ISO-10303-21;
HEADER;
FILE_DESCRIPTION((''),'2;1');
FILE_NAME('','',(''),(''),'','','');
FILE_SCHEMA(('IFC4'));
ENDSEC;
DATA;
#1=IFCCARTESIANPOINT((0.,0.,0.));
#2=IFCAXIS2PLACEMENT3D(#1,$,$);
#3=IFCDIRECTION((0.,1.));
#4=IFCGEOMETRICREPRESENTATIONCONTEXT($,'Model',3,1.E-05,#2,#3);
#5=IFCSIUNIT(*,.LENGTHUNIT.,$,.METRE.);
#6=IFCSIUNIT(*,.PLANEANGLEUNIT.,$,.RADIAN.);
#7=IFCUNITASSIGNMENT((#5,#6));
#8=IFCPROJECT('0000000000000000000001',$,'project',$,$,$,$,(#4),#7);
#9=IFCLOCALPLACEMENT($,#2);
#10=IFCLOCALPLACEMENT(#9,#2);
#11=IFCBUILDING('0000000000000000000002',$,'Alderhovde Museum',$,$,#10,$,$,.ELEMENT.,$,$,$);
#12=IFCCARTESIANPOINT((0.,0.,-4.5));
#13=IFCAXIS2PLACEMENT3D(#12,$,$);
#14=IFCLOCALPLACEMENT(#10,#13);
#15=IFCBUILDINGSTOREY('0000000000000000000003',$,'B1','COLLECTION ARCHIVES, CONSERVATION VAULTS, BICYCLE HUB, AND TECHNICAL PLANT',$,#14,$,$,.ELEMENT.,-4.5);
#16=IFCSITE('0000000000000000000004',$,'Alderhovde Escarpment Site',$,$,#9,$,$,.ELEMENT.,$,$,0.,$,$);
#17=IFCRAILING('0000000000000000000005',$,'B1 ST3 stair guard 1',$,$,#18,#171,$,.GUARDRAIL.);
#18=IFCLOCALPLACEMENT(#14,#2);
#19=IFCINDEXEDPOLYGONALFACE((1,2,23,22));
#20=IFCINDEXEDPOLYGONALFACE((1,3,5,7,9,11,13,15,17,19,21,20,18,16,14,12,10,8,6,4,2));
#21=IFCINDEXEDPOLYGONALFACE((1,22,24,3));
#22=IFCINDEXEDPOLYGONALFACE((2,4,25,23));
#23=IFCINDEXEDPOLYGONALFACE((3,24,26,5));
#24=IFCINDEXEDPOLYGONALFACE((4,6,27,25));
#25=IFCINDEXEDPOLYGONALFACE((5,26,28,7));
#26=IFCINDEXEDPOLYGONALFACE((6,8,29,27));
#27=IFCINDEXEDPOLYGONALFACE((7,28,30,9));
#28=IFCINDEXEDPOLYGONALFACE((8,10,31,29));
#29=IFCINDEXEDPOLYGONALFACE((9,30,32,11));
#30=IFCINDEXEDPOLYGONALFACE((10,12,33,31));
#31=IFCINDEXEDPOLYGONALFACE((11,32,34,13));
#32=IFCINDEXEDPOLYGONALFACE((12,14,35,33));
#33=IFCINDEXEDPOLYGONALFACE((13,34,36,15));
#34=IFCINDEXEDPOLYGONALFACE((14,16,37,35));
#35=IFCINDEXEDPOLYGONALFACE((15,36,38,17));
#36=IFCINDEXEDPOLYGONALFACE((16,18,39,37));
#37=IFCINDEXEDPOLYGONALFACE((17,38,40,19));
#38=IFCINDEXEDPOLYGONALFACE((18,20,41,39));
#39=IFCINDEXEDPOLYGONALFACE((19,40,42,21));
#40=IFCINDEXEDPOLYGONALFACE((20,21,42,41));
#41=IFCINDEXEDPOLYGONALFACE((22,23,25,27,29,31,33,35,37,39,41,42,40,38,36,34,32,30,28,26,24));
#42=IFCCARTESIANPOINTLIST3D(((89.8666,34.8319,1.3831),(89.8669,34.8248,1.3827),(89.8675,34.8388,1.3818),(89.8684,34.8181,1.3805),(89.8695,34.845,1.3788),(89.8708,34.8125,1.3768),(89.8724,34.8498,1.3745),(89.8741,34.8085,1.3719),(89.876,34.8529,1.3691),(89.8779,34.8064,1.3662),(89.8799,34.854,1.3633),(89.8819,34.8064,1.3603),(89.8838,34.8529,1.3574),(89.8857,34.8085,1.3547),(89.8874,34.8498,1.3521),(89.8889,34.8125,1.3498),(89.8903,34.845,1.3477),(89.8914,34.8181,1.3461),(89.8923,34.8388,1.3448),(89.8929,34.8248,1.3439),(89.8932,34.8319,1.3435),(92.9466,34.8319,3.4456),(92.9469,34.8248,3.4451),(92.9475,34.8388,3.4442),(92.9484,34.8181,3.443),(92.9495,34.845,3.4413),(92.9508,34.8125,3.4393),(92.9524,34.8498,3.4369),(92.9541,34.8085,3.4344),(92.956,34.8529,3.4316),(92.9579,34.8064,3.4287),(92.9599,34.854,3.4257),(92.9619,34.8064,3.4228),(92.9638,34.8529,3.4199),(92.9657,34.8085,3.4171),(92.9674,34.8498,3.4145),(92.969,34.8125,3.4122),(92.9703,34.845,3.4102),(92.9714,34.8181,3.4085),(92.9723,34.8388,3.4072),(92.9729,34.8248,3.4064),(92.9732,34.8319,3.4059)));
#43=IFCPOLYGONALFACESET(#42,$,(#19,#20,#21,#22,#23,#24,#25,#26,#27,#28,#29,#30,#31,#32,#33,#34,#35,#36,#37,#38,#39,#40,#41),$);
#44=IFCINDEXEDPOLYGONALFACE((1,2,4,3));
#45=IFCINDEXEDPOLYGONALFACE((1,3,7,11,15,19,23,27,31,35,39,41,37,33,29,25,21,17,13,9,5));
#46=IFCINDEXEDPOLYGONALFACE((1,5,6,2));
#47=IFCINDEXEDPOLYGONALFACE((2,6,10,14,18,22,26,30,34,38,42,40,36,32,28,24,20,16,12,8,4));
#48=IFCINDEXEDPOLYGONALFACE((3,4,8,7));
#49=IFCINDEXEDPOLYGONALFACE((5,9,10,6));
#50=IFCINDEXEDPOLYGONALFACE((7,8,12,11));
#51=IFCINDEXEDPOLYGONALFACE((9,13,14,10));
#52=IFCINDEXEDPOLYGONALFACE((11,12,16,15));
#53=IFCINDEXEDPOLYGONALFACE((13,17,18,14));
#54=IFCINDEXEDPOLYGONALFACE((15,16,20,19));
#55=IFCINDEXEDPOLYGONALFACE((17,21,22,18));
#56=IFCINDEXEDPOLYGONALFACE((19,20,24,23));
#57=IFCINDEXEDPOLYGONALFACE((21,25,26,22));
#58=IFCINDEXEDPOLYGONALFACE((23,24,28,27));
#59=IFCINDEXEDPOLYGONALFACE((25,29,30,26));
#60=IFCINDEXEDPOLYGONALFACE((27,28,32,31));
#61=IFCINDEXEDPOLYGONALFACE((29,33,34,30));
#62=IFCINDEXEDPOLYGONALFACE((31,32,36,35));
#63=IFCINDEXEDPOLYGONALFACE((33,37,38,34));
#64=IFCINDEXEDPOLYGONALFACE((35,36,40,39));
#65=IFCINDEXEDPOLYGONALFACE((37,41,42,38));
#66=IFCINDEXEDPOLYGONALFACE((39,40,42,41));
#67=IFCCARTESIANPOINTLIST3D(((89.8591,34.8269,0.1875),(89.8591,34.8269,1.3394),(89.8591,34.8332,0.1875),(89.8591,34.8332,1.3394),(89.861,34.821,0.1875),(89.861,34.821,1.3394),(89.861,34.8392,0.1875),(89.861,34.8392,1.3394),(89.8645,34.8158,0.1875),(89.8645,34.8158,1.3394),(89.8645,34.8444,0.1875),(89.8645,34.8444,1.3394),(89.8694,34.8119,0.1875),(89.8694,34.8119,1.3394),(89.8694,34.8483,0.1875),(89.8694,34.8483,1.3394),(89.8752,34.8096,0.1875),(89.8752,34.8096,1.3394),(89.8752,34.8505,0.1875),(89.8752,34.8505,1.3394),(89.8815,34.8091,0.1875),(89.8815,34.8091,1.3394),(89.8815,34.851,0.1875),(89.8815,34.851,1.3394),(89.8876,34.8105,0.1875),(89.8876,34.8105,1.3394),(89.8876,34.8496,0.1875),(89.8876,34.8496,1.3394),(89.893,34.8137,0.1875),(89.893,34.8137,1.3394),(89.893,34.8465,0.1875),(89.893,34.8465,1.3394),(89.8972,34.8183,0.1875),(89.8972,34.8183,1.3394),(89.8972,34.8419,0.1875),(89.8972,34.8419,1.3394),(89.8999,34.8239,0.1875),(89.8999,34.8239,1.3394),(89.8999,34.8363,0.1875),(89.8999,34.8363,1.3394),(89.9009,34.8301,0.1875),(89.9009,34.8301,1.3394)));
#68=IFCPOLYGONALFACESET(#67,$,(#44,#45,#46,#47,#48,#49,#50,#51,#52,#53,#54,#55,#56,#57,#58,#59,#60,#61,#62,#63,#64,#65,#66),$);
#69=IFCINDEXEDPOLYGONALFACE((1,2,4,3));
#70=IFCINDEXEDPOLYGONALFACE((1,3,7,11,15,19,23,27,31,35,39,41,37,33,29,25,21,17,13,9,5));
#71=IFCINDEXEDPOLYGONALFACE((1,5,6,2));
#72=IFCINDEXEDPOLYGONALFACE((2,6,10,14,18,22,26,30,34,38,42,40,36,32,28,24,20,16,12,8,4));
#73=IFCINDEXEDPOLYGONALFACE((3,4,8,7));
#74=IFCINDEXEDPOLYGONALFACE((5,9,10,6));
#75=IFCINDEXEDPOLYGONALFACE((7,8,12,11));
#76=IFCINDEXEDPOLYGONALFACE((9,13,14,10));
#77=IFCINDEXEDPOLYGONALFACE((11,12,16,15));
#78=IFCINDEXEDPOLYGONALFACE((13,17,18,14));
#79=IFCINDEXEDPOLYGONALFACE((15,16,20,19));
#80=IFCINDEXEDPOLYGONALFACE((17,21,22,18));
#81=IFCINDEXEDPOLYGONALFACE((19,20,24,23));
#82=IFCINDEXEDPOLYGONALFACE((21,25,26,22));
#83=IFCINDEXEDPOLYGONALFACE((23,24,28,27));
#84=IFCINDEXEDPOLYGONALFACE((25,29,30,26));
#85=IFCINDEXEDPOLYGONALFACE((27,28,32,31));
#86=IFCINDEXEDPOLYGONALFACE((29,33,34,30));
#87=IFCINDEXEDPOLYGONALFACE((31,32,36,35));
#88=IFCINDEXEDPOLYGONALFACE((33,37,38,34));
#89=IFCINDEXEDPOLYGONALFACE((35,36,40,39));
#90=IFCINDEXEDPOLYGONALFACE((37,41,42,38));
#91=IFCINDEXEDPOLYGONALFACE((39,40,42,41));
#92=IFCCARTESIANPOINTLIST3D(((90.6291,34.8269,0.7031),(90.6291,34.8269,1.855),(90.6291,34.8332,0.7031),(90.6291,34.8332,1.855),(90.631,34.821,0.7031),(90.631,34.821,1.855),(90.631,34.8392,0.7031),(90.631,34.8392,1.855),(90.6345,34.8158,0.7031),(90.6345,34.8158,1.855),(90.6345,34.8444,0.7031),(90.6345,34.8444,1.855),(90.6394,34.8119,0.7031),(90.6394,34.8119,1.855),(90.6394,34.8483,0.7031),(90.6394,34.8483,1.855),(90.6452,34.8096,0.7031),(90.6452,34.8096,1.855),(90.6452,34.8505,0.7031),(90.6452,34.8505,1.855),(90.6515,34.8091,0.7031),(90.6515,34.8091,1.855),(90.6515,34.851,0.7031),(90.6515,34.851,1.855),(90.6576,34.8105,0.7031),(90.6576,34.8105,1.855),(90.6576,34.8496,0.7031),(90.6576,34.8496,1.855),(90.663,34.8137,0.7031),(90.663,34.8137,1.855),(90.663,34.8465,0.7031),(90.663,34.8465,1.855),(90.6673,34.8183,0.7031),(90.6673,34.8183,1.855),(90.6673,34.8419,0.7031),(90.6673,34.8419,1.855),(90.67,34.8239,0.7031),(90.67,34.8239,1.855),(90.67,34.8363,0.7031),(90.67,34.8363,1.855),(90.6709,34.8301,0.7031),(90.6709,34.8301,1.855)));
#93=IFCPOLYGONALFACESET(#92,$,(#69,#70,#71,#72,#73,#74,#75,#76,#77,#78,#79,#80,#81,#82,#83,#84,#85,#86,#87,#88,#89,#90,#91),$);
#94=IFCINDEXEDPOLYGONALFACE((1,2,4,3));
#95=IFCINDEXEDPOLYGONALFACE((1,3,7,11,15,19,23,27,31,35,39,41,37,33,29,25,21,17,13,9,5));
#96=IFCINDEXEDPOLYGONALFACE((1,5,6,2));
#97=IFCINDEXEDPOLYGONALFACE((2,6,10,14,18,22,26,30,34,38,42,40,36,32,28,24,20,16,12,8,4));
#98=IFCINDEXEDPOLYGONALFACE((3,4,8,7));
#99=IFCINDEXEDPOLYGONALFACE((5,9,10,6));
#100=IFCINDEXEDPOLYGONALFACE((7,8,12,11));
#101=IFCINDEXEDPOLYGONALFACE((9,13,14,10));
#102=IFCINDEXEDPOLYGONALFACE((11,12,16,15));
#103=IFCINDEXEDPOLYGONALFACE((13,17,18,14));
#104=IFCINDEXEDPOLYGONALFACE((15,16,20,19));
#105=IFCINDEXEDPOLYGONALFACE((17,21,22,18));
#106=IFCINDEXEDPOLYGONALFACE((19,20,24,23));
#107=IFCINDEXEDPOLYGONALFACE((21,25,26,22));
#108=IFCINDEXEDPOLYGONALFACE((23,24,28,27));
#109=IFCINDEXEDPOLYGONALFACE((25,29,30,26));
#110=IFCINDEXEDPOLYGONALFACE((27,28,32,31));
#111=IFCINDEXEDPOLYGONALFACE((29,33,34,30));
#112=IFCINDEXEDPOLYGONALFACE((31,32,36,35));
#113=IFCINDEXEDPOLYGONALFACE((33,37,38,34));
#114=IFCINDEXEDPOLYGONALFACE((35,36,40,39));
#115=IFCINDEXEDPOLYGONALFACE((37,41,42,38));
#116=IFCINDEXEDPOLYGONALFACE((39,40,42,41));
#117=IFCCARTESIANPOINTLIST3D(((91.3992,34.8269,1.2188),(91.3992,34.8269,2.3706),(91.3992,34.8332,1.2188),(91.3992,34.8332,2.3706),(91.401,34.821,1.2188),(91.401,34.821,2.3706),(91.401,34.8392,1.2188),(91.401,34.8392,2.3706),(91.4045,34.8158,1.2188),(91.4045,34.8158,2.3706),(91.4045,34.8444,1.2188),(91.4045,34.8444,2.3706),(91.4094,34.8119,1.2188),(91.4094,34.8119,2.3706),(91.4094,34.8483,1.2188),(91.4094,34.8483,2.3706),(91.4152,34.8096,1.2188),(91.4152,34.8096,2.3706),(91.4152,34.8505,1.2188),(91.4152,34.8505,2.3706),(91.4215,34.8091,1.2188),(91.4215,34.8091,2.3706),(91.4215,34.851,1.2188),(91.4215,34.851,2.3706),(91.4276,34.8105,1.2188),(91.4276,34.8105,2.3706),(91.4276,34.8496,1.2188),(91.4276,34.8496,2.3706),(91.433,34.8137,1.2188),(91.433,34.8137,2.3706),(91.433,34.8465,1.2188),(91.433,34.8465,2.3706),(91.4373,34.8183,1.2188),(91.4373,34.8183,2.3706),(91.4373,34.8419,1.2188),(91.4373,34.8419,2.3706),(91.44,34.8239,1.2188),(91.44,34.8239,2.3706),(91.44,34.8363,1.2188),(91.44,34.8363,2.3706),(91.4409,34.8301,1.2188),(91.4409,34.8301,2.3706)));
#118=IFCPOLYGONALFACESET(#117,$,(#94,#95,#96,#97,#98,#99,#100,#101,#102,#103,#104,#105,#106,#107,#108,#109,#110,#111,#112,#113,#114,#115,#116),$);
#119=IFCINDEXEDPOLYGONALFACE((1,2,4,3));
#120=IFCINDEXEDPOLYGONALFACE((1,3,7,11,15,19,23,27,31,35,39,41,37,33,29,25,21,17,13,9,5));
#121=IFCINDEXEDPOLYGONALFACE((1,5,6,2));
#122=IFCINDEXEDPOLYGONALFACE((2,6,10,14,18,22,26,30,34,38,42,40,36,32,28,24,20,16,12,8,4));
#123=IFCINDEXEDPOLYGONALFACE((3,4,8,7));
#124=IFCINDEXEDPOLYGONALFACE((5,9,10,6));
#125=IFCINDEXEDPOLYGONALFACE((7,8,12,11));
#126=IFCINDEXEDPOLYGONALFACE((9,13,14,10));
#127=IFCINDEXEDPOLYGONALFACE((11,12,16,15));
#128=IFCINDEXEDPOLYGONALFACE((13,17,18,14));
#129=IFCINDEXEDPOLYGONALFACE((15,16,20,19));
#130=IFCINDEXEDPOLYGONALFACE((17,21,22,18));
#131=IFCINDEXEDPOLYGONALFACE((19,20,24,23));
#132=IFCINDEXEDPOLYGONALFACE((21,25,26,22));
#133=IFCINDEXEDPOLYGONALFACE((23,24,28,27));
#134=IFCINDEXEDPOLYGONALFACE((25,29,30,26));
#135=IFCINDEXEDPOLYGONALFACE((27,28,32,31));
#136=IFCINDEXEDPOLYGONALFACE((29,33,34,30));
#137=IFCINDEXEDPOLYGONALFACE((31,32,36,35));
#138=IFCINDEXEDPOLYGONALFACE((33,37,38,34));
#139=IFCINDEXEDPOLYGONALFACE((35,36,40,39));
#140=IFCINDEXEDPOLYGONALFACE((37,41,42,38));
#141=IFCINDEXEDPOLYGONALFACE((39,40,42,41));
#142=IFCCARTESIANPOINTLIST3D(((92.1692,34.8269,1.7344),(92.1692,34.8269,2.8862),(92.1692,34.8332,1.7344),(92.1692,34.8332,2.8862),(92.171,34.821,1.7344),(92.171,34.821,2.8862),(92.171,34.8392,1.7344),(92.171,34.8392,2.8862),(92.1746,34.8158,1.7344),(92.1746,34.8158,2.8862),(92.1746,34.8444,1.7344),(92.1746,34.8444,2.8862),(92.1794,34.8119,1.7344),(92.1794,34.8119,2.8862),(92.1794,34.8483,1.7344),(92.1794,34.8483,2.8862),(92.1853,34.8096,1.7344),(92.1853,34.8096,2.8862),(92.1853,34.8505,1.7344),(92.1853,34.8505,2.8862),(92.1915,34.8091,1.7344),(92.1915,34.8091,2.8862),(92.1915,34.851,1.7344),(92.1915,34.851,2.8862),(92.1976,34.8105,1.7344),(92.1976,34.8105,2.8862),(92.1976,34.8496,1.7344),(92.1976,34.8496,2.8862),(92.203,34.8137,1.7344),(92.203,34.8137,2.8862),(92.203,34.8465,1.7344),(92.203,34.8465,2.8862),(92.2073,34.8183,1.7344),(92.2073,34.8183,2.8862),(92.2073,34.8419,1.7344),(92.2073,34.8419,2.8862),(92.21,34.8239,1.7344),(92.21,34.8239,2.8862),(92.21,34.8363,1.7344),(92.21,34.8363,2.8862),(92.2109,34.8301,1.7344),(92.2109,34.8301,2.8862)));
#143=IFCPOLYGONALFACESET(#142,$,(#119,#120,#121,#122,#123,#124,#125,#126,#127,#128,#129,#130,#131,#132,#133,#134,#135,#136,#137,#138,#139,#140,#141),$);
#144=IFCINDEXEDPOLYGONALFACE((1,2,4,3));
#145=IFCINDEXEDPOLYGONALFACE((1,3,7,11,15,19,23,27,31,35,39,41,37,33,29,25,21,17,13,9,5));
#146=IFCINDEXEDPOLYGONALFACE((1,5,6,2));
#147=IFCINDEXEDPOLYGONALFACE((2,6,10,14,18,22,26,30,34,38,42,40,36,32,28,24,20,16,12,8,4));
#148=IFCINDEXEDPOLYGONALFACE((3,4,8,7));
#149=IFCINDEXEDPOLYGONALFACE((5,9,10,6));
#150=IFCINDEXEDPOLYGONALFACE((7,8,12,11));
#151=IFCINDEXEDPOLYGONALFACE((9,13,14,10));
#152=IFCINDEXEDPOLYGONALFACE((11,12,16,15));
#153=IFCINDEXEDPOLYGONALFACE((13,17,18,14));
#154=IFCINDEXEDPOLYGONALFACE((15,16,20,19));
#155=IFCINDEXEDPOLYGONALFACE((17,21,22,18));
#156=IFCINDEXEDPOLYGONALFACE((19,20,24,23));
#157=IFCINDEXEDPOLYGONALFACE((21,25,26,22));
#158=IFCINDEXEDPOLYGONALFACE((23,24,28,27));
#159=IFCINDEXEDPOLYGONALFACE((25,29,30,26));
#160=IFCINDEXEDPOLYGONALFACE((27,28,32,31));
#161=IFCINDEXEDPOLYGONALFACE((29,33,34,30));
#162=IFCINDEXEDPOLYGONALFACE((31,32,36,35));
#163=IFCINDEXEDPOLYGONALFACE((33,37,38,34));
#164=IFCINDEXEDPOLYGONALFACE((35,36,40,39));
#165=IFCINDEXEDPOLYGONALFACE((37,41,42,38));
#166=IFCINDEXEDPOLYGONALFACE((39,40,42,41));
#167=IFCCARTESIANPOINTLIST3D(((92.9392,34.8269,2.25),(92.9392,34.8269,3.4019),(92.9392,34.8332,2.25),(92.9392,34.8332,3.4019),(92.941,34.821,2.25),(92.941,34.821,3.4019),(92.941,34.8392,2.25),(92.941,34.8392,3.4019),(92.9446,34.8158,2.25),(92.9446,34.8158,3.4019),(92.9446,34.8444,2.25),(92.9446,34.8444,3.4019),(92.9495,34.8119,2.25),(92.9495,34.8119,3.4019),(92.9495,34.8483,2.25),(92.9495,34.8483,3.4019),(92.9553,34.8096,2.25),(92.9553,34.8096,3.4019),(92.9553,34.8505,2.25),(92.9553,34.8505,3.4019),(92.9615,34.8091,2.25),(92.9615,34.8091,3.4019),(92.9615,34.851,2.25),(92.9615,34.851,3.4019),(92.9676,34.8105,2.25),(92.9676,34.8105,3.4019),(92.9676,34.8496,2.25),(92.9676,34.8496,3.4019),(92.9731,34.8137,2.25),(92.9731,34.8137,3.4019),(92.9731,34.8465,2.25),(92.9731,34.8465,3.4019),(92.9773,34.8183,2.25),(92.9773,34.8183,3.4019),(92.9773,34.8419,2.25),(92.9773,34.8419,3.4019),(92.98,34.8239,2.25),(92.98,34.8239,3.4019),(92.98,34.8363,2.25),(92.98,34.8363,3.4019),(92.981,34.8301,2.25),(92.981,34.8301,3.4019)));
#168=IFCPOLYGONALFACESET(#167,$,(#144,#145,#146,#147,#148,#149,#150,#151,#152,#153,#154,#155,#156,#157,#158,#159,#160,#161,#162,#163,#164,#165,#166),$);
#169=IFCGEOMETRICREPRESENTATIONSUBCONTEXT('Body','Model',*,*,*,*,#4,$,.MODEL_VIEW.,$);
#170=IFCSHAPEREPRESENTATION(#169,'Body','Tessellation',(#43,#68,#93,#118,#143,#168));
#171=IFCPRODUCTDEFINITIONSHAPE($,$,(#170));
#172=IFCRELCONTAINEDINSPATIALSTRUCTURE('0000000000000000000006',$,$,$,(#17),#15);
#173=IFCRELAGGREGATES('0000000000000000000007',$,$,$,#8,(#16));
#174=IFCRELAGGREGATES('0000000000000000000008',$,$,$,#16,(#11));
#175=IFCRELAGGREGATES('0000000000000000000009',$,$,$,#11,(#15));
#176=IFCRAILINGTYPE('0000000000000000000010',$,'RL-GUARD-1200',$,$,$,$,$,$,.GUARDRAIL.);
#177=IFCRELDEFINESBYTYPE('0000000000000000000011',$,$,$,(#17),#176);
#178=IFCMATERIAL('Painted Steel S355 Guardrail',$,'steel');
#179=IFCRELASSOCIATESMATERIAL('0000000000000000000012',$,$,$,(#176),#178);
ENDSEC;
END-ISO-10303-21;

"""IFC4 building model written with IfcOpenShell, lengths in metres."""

from ifc_helpers import new_model, si_unit, direction, frame, origin, origin_2d, place, context, subcontext, project, spatial, circle, extrude, material, type_object, element, save


model = new_model("IFC4")

# Units and contexts
model_context = context("Model", 3, precision=1e-05, world=origin(), true_north=direction((0.0, 1.0)))
body_context = subcontext(model_context, "Body", "Model", "MODEL_VIEW")
ifc_project = project(units=[si_unit("LENGTHUNIT", "METRE"), si_unit("PLANEANGLEUNIT", "RADIAN")], contexts=[model_context])

# Site, building, storey
site_placement = place(None, origin())
site = spatial("IfcSite", under=ifc_project, at=site_placement, Name="Alderhovde Escarpment Site", CompositionType="ELEMENT", RefElevation=0.0)
building_placement = place(site_placement, origin())
building = spatial("IfcBuilding", under=site, at=building_placement, Name="Alderhovde Museum", CompositionType="ELEMENT")
storey_placement = place(building_placement, frame((0.0, 0.0, -4.5)))
storey = spatial("IfcBuildingStorey", under=building, at=storey_placement, Name="B1", Description="COLLECTION ARCHIVES, CONSERVATION VAULTS, BICYCLE HUB, AND TECHNICAL PLANT", CompositionType="ELEMENT", Elevation=-4.5)

# Railing
ifc_material_1 = material(Name="Painted Steel S355 Guardrail", Category="steel")
railing_type_1 = type_object("IfcRailingType", Name="RL-GUARD-1200", PredefinedType="GUARDRAIL", material=ifc_material_1)
railing_1_placement = place(storey_placement, frame((89.8799, 34.8301, 0.1875)))
element("IfcRailing", 1, at=railing_1_placement, inside=storey, type_object=railing_type_1, Name="B1 ST3 stair guard 1", PredefinedType="GUARDRAIL", context=body_context, shape_type="SweptSolid", body=[
    extrude(circle(Radius=0.0239, at=origin_2d()), frame((0.0, 0.0, 1.1758), z_axis=(0.830914, 0.0, 0.556401), x_axis=(0.0, 1.0, 0.0)), (0.0, 0.0, 1.0), 3.7068),
    extrude(circle(Radius=0.021, at=origin_2d()), origin(), (0.0, 0.0, 1.0), 1.1519),
    extrude(circle(Radius=0.021, at=origin_2d()), frame((0.77, 0.0, 0.5156)), (0.0, 0.0, 1.0), 1.1519),
    extrude(circle(Radius=0.021, at=origin_2d()), frame((1.54, 0.0, 1.0312)), (0.0, 0.0, 1.0), 1.1519),
    extrude(circle(Radius=0.021, at=origin_2d()), frame((2.3101, 0.0, 1.5469)), (0.0, 0.0, 1.0), 1.1519),
    extrude(circle(Radius=0.021, at=origin_2d()), frame((3.0801, 0.0, 2.0625)), (0.0, 0.0, 1.0), 1.1519),
])

save(model, "model.ifc")
